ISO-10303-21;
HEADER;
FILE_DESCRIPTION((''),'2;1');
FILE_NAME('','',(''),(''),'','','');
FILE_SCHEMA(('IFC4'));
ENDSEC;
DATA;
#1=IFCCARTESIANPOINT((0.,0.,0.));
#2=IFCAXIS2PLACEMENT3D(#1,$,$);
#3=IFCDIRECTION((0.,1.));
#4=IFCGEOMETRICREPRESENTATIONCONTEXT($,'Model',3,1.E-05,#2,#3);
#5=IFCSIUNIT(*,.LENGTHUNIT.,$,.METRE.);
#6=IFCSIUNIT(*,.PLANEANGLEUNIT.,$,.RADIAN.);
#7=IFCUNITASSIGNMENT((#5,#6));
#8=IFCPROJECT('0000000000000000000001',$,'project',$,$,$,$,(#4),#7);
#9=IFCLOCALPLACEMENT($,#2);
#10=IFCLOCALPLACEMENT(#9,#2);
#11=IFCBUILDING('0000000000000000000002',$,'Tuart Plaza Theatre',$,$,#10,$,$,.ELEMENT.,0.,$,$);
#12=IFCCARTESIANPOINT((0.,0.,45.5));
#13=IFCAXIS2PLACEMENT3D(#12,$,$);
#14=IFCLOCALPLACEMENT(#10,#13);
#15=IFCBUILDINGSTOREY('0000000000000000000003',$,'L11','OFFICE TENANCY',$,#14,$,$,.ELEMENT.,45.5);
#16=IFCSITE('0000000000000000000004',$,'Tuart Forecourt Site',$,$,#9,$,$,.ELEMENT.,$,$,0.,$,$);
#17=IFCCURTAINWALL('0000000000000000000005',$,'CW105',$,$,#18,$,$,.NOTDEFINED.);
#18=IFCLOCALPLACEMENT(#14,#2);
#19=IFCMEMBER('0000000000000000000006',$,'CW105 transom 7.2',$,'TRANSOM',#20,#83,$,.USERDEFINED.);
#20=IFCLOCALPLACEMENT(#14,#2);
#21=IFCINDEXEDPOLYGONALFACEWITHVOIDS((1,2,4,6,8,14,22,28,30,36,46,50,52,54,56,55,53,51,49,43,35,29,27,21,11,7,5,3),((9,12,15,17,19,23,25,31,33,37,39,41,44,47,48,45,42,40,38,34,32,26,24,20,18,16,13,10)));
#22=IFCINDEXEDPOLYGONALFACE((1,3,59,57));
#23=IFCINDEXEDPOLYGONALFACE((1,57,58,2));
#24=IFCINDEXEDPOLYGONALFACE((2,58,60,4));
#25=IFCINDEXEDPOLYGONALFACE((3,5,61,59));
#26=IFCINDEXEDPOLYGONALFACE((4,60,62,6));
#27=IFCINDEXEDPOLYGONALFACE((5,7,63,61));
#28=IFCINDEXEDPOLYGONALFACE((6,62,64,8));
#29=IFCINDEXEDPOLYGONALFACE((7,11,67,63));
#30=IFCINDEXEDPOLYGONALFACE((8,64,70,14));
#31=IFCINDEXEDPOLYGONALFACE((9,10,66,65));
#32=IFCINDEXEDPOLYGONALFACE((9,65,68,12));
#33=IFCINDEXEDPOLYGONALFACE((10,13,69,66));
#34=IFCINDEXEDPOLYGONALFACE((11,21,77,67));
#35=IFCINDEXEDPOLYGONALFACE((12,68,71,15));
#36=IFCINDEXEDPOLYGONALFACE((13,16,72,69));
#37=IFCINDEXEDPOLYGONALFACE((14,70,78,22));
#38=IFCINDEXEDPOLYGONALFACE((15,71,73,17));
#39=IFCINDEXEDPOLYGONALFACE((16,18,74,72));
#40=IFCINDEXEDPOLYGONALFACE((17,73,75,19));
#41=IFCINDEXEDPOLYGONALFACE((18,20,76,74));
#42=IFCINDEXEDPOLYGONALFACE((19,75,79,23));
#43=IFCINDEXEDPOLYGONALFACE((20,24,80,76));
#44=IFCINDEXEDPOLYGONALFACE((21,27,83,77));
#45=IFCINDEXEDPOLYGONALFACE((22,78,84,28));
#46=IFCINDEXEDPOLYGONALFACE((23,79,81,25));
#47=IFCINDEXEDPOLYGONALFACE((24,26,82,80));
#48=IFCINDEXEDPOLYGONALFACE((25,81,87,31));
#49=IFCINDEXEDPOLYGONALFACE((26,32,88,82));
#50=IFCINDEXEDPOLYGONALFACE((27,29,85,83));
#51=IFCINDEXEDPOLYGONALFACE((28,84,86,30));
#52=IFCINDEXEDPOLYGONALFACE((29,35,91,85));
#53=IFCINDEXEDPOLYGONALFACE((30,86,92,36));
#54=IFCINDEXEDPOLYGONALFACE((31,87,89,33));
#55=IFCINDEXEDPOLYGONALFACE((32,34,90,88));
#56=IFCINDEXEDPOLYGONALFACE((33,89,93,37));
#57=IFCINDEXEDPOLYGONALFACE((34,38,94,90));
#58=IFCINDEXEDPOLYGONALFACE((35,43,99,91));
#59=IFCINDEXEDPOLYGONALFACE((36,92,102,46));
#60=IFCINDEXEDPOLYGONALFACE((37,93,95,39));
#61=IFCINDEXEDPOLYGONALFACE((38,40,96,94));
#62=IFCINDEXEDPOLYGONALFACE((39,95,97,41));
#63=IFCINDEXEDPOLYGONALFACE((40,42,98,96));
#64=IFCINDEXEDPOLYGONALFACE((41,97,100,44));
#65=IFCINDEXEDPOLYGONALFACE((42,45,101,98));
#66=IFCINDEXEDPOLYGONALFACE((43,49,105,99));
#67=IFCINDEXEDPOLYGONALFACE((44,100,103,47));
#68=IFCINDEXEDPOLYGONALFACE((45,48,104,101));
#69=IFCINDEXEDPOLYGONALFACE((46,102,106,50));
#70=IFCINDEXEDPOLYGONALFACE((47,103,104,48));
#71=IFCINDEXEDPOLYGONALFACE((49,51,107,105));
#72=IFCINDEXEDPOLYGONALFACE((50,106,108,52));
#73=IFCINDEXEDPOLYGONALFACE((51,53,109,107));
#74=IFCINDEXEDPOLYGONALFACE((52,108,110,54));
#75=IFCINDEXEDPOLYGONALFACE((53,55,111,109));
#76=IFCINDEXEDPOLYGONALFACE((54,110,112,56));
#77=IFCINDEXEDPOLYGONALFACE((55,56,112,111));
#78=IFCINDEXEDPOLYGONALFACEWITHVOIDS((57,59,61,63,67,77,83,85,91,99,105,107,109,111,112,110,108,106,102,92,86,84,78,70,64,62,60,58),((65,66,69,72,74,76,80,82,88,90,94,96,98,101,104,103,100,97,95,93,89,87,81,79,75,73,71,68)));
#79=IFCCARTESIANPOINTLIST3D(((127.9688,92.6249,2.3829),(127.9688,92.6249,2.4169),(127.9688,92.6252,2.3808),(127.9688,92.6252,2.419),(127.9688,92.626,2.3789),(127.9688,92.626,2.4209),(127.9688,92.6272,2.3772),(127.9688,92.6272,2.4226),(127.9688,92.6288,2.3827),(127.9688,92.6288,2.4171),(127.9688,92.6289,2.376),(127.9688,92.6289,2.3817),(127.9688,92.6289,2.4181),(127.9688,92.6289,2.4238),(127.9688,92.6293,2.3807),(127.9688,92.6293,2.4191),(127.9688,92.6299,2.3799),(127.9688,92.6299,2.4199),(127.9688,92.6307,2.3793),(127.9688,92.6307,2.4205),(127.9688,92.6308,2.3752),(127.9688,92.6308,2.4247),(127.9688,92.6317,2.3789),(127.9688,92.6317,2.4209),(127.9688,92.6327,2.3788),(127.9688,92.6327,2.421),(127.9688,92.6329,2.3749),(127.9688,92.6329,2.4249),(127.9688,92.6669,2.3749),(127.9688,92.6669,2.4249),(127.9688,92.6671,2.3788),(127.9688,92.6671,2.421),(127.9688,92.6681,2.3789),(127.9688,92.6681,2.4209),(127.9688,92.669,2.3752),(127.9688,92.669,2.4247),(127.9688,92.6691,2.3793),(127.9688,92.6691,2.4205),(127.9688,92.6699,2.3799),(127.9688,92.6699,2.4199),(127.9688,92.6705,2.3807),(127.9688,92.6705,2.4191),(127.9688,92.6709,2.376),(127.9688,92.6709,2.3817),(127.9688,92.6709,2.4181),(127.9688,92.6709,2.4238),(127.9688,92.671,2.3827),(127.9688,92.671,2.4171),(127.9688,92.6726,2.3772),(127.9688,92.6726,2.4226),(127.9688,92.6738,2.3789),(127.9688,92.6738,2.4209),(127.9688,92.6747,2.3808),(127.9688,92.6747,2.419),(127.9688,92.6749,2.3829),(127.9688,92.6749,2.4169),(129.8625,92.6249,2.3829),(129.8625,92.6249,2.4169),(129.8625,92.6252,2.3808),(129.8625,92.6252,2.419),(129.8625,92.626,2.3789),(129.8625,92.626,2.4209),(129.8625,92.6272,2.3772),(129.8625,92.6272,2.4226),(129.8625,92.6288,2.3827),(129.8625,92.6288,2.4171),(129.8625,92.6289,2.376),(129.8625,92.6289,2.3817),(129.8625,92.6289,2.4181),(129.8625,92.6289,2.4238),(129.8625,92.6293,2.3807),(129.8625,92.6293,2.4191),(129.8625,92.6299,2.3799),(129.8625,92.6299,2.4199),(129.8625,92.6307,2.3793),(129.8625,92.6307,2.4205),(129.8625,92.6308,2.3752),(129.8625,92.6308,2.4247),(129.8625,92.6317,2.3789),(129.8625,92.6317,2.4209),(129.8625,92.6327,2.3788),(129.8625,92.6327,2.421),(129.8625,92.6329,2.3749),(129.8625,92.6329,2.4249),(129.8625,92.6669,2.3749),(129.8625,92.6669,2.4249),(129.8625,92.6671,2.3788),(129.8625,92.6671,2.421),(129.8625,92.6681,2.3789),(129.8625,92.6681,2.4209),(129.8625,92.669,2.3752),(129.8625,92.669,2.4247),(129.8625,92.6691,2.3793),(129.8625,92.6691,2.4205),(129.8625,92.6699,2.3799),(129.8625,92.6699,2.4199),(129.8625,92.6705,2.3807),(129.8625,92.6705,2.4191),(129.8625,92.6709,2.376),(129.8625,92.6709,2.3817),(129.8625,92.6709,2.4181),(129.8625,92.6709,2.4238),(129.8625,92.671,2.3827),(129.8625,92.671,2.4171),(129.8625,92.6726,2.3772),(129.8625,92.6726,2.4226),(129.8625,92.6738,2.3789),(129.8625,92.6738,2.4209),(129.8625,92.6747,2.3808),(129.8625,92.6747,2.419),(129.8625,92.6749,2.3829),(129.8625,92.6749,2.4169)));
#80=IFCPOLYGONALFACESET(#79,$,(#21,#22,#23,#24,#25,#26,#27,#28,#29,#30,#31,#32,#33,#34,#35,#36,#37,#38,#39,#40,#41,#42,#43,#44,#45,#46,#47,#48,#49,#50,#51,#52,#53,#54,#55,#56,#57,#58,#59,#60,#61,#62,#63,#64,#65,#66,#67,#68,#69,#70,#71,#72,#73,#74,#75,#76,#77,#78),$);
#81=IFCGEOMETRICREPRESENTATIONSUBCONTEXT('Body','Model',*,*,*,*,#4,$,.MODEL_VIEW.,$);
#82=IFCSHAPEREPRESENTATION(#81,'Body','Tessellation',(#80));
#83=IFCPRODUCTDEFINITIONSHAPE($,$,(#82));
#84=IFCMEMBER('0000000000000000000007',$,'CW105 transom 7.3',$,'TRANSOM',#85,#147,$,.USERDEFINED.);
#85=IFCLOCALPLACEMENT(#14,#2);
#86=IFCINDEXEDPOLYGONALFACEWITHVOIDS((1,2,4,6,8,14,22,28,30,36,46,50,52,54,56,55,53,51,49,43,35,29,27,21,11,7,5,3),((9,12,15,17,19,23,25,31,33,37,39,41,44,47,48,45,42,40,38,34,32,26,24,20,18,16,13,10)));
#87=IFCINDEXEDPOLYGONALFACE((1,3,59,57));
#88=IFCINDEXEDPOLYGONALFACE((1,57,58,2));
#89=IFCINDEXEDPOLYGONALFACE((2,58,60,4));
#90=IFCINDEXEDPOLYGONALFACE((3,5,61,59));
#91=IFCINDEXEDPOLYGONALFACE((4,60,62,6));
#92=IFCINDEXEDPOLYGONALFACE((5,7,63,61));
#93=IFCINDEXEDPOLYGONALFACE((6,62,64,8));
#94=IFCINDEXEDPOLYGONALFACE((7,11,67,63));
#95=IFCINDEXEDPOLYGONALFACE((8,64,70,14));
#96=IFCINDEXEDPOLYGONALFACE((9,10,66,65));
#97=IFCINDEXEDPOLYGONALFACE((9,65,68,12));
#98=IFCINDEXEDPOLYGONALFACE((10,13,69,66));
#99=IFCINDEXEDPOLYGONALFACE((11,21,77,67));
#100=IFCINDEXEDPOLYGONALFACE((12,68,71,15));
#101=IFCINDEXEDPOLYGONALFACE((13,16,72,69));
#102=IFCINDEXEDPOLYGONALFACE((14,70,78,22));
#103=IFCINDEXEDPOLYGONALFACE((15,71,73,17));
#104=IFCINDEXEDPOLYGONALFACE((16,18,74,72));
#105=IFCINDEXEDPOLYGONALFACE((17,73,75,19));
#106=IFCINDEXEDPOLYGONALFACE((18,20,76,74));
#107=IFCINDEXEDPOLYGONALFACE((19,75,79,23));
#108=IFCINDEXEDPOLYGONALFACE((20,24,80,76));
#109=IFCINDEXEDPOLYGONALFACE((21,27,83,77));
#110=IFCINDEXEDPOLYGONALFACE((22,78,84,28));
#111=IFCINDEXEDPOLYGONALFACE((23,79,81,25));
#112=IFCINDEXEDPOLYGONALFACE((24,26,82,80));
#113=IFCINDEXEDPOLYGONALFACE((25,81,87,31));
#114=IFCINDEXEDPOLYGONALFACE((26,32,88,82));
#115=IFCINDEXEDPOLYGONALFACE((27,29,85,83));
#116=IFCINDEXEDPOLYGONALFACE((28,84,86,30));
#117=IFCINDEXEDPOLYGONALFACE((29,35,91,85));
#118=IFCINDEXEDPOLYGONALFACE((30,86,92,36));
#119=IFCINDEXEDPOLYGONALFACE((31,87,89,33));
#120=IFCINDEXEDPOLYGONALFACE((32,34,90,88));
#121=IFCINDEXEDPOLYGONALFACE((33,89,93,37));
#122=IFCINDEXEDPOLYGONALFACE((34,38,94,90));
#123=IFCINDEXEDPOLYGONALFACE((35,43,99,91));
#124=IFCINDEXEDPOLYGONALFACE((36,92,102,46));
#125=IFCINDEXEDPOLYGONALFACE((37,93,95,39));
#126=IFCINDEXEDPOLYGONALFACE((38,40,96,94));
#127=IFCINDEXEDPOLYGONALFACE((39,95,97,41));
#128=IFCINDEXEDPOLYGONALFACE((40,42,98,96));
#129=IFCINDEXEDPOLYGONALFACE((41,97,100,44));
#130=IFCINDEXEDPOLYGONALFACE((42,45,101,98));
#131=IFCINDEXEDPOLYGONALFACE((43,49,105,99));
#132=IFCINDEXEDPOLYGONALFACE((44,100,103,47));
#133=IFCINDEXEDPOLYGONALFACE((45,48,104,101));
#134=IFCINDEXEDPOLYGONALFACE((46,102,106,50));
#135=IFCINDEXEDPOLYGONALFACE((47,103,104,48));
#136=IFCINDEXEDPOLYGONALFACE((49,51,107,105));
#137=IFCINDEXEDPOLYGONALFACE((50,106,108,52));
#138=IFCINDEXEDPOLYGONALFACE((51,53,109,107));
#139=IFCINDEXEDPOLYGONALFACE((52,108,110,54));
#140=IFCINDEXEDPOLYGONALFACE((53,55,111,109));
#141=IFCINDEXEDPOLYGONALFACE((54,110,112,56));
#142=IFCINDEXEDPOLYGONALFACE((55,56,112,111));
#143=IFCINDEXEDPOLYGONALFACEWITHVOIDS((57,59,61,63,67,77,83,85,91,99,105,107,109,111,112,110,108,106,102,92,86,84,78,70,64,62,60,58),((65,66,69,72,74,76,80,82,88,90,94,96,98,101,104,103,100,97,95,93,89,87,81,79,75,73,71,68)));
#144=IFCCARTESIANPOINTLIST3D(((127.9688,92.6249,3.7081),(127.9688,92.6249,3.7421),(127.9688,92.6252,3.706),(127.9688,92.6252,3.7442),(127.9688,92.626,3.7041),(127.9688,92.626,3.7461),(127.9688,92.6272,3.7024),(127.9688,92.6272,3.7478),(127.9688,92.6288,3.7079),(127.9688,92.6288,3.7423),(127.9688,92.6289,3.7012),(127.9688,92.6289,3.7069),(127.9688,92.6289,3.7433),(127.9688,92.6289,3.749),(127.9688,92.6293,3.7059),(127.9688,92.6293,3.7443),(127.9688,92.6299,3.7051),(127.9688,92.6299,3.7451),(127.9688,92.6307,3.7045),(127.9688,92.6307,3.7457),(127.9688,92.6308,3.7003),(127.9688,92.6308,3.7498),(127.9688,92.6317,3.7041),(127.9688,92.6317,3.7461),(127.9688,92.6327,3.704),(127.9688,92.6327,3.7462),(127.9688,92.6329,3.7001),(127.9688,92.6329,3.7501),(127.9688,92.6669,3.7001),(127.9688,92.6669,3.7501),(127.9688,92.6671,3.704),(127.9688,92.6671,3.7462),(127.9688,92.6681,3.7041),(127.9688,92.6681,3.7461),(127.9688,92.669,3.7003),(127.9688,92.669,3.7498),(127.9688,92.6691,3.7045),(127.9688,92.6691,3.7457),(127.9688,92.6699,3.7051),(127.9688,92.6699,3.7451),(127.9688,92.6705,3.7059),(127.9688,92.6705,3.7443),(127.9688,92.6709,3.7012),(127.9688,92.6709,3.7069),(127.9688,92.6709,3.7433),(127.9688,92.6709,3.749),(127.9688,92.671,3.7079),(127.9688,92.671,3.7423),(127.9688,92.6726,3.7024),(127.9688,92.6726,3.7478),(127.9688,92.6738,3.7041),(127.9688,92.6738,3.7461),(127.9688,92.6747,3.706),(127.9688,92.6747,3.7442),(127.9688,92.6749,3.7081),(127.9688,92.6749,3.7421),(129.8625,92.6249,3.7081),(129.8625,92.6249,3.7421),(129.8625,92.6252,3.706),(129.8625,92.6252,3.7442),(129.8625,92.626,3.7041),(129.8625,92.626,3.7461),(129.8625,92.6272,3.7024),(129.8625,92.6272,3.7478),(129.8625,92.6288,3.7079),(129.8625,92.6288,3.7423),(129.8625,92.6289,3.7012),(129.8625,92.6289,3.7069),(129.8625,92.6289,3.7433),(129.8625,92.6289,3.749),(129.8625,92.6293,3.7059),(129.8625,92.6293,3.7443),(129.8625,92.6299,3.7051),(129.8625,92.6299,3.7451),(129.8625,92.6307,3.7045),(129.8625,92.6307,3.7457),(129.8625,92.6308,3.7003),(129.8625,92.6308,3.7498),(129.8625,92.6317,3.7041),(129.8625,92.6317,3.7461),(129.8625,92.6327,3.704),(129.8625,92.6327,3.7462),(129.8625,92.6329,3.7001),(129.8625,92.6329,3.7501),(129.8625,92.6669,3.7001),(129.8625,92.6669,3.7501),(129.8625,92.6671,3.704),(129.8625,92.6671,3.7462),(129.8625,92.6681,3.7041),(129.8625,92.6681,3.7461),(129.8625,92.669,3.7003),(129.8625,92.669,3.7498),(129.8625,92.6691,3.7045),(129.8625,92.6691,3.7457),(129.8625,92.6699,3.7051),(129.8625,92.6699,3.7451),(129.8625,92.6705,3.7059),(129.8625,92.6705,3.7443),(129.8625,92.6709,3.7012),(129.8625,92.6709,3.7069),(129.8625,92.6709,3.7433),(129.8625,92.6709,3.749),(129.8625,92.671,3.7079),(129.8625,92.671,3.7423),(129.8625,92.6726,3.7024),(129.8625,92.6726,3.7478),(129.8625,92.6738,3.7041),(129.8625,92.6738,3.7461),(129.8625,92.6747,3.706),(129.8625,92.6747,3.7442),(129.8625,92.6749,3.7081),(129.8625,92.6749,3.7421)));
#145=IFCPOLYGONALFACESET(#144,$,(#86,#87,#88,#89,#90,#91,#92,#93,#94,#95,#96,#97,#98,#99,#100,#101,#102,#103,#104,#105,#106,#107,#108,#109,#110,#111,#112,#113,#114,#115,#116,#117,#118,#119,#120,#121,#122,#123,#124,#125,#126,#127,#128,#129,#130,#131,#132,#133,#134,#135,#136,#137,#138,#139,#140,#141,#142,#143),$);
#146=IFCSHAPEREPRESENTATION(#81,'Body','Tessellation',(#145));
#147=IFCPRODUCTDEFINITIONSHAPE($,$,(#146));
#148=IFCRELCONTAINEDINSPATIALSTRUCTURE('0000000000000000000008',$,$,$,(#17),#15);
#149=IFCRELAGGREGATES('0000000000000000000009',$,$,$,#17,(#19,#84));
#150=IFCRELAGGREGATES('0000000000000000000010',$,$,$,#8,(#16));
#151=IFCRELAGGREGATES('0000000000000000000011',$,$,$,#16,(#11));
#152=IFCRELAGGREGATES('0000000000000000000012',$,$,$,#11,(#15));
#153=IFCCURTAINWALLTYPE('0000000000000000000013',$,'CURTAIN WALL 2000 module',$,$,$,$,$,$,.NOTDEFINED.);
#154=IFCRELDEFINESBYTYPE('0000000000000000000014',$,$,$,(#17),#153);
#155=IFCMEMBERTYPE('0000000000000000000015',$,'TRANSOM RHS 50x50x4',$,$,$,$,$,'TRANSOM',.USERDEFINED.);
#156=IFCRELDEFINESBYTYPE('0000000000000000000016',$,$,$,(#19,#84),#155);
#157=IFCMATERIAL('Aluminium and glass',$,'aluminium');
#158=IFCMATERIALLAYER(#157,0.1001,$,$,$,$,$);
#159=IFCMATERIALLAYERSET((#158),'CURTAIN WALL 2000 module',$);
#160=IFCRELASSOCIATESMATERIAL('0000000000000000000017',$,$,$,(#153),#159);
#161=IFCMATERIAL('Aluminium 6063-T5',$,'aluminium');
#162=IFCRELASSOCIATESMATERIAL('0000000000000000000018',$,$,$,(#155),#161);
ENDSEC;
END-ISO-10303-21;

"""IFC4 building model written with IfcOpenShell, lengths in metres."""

from ifc_helpers import new_model, si_unit, direction, frame, origin, origin_2d, place, context, subcontext, project, spatial, hollow_rectangle, extrude, material, layer, layer_set, material_profile, profile_set, type_object, element, aggregate, save


model = new_model("IFC4")

# Units and contexts
model_context = context("Model", 3, precision=1e-05, world=origin(), true_north=direction((0.0, 1.0)))
body_context = subcontext(model_context, "Body", "Model", "MODEL_VIEW")
ifc_project = project(units=[si_unit("LENGTHUNIT", "METRE"), si_unit("PLANEANGLEUNIT", "RADIAN")], contexts=[model_context])

# Site, building, storey
site_placement = place(None, origin())
site = spatial("IfcSite", under=ifc_project, at=site_placement, Name="Tuart Forecourt Site", CompositionType="ELEMENT", RefElevation=0.0)
building_placement = place(site_placement, origin())
building = spatial("IfcBuilding", under=site, at=building_placement, Name="Tuart Plaza Theatre", CompositionType="ELEMENT", ElevationOfRefHeight=0.0)
storey_placement = place(building_placement, frame((0.0, 0.0, 45.5)))
storey = spatial("IfcBuildingStorey", under=building, at=storey_placement, Name="L11", Description="OFFICE TENANCY", CompositionType="ELEMENT", Elevation=45.5)

# Curtain wall, members
ifc_material_1 = material(Name="Aluminium and glass", Category="aluminium")
ifc_layer_1 = layer(ifc_material_1, 0.1001)
ifc_layer_set_1 = layer_set([ifc_layer_1], Name="CURTAIN WALL 2000 module")
curtain_wall_type = type_object("IfcCurtainWallType", Name="CURTAIN WALL 2000 module", PredefinedType="NOTDEFINED", material=ifc_layer_set_1)
curtain_wall_placement = place(storey_placement, origin())
curtain_wall = element("IfcCurtainWall", 1, at=curtain_wall_placement, inside=storey, type_object=curtain_wall_type, Name="CW105", PredefinedType="NOTDEFINED")
ifc_material_2 = material(Name="Aluminium 6063-T5", Category="aluminium")
ifc_material_profile_1 = material_profile(ifc_material_2, hollow_rectangle(XDim=0.05, YDim=0.05, WallThickness=0.0039, InnerFilletRadius=0.0039, OuterFilletRadius=0.0081, at=origin_2d()), Name="RHS 50x50x4")
ifc_profile_set_1 = profile_set([ifc_material_profile_1], Name="Aluminium 6063-T5")
member_type_1 = type_object("IfcMemberType", Name="TRANSOM RHS 50x50x4", ElementType="TRANSOM", PredefinedType="USERDEFINED", material=ifc_profile_set_1)
member_1_placement = place(storey_placement, frame((129.8625, 92.6499, 2.3999), z_axis=(-1.0, 0.0, 0.0), x_axis=(0.0, -1.0, 0.0)))
member_1 = element("IfcMember", 2, at=member_1_placement, type_object=member_type_1, Name="CW105 transom 7.2", ObjectType="TRANSOM", PredefinedType="USERDEFINED", context=body_context, shape_type="SweptSolid", body=[
    extrude(hollow_rectangle(XDim=0.05, YDim=0.05, WallThickness=0.0039, InnerFilletRadius=0.0039, OuterFilletRadius=0.0081, at=origin_2d()), origin(), (0.0, 0.0, 1.0), 1.8938),
])
member_2_placement = place(storey_placement, frame((129.8625, 92.6499, 3.7251), z_axis=(-1.0, 0.0, 0.0), x_axis=(0.0, -1.0, 0.0)))
member_2 = element("IfcMember", 3, at=member_2_placement, type_object=member_type_1, Name="CW105 transom 7.3", ObjectType="TRANSOM", PredefinedType="USERDEFINED", context=body_context, shape_type="SweptSolid", body=[
    extrude(hollow_rectangle(XDim=0.05, YDim=0.05, WallThickness=0.0039, InnerFilletRadius=0.0039, OuterFilletRadius=0.0081, at=origin_2d()), origin(), (0.0, 0.0, 1.0), 1.8938),
])
aggregate(curtain_wall, [member_1, member_2])

save(model, "model.ifc")
